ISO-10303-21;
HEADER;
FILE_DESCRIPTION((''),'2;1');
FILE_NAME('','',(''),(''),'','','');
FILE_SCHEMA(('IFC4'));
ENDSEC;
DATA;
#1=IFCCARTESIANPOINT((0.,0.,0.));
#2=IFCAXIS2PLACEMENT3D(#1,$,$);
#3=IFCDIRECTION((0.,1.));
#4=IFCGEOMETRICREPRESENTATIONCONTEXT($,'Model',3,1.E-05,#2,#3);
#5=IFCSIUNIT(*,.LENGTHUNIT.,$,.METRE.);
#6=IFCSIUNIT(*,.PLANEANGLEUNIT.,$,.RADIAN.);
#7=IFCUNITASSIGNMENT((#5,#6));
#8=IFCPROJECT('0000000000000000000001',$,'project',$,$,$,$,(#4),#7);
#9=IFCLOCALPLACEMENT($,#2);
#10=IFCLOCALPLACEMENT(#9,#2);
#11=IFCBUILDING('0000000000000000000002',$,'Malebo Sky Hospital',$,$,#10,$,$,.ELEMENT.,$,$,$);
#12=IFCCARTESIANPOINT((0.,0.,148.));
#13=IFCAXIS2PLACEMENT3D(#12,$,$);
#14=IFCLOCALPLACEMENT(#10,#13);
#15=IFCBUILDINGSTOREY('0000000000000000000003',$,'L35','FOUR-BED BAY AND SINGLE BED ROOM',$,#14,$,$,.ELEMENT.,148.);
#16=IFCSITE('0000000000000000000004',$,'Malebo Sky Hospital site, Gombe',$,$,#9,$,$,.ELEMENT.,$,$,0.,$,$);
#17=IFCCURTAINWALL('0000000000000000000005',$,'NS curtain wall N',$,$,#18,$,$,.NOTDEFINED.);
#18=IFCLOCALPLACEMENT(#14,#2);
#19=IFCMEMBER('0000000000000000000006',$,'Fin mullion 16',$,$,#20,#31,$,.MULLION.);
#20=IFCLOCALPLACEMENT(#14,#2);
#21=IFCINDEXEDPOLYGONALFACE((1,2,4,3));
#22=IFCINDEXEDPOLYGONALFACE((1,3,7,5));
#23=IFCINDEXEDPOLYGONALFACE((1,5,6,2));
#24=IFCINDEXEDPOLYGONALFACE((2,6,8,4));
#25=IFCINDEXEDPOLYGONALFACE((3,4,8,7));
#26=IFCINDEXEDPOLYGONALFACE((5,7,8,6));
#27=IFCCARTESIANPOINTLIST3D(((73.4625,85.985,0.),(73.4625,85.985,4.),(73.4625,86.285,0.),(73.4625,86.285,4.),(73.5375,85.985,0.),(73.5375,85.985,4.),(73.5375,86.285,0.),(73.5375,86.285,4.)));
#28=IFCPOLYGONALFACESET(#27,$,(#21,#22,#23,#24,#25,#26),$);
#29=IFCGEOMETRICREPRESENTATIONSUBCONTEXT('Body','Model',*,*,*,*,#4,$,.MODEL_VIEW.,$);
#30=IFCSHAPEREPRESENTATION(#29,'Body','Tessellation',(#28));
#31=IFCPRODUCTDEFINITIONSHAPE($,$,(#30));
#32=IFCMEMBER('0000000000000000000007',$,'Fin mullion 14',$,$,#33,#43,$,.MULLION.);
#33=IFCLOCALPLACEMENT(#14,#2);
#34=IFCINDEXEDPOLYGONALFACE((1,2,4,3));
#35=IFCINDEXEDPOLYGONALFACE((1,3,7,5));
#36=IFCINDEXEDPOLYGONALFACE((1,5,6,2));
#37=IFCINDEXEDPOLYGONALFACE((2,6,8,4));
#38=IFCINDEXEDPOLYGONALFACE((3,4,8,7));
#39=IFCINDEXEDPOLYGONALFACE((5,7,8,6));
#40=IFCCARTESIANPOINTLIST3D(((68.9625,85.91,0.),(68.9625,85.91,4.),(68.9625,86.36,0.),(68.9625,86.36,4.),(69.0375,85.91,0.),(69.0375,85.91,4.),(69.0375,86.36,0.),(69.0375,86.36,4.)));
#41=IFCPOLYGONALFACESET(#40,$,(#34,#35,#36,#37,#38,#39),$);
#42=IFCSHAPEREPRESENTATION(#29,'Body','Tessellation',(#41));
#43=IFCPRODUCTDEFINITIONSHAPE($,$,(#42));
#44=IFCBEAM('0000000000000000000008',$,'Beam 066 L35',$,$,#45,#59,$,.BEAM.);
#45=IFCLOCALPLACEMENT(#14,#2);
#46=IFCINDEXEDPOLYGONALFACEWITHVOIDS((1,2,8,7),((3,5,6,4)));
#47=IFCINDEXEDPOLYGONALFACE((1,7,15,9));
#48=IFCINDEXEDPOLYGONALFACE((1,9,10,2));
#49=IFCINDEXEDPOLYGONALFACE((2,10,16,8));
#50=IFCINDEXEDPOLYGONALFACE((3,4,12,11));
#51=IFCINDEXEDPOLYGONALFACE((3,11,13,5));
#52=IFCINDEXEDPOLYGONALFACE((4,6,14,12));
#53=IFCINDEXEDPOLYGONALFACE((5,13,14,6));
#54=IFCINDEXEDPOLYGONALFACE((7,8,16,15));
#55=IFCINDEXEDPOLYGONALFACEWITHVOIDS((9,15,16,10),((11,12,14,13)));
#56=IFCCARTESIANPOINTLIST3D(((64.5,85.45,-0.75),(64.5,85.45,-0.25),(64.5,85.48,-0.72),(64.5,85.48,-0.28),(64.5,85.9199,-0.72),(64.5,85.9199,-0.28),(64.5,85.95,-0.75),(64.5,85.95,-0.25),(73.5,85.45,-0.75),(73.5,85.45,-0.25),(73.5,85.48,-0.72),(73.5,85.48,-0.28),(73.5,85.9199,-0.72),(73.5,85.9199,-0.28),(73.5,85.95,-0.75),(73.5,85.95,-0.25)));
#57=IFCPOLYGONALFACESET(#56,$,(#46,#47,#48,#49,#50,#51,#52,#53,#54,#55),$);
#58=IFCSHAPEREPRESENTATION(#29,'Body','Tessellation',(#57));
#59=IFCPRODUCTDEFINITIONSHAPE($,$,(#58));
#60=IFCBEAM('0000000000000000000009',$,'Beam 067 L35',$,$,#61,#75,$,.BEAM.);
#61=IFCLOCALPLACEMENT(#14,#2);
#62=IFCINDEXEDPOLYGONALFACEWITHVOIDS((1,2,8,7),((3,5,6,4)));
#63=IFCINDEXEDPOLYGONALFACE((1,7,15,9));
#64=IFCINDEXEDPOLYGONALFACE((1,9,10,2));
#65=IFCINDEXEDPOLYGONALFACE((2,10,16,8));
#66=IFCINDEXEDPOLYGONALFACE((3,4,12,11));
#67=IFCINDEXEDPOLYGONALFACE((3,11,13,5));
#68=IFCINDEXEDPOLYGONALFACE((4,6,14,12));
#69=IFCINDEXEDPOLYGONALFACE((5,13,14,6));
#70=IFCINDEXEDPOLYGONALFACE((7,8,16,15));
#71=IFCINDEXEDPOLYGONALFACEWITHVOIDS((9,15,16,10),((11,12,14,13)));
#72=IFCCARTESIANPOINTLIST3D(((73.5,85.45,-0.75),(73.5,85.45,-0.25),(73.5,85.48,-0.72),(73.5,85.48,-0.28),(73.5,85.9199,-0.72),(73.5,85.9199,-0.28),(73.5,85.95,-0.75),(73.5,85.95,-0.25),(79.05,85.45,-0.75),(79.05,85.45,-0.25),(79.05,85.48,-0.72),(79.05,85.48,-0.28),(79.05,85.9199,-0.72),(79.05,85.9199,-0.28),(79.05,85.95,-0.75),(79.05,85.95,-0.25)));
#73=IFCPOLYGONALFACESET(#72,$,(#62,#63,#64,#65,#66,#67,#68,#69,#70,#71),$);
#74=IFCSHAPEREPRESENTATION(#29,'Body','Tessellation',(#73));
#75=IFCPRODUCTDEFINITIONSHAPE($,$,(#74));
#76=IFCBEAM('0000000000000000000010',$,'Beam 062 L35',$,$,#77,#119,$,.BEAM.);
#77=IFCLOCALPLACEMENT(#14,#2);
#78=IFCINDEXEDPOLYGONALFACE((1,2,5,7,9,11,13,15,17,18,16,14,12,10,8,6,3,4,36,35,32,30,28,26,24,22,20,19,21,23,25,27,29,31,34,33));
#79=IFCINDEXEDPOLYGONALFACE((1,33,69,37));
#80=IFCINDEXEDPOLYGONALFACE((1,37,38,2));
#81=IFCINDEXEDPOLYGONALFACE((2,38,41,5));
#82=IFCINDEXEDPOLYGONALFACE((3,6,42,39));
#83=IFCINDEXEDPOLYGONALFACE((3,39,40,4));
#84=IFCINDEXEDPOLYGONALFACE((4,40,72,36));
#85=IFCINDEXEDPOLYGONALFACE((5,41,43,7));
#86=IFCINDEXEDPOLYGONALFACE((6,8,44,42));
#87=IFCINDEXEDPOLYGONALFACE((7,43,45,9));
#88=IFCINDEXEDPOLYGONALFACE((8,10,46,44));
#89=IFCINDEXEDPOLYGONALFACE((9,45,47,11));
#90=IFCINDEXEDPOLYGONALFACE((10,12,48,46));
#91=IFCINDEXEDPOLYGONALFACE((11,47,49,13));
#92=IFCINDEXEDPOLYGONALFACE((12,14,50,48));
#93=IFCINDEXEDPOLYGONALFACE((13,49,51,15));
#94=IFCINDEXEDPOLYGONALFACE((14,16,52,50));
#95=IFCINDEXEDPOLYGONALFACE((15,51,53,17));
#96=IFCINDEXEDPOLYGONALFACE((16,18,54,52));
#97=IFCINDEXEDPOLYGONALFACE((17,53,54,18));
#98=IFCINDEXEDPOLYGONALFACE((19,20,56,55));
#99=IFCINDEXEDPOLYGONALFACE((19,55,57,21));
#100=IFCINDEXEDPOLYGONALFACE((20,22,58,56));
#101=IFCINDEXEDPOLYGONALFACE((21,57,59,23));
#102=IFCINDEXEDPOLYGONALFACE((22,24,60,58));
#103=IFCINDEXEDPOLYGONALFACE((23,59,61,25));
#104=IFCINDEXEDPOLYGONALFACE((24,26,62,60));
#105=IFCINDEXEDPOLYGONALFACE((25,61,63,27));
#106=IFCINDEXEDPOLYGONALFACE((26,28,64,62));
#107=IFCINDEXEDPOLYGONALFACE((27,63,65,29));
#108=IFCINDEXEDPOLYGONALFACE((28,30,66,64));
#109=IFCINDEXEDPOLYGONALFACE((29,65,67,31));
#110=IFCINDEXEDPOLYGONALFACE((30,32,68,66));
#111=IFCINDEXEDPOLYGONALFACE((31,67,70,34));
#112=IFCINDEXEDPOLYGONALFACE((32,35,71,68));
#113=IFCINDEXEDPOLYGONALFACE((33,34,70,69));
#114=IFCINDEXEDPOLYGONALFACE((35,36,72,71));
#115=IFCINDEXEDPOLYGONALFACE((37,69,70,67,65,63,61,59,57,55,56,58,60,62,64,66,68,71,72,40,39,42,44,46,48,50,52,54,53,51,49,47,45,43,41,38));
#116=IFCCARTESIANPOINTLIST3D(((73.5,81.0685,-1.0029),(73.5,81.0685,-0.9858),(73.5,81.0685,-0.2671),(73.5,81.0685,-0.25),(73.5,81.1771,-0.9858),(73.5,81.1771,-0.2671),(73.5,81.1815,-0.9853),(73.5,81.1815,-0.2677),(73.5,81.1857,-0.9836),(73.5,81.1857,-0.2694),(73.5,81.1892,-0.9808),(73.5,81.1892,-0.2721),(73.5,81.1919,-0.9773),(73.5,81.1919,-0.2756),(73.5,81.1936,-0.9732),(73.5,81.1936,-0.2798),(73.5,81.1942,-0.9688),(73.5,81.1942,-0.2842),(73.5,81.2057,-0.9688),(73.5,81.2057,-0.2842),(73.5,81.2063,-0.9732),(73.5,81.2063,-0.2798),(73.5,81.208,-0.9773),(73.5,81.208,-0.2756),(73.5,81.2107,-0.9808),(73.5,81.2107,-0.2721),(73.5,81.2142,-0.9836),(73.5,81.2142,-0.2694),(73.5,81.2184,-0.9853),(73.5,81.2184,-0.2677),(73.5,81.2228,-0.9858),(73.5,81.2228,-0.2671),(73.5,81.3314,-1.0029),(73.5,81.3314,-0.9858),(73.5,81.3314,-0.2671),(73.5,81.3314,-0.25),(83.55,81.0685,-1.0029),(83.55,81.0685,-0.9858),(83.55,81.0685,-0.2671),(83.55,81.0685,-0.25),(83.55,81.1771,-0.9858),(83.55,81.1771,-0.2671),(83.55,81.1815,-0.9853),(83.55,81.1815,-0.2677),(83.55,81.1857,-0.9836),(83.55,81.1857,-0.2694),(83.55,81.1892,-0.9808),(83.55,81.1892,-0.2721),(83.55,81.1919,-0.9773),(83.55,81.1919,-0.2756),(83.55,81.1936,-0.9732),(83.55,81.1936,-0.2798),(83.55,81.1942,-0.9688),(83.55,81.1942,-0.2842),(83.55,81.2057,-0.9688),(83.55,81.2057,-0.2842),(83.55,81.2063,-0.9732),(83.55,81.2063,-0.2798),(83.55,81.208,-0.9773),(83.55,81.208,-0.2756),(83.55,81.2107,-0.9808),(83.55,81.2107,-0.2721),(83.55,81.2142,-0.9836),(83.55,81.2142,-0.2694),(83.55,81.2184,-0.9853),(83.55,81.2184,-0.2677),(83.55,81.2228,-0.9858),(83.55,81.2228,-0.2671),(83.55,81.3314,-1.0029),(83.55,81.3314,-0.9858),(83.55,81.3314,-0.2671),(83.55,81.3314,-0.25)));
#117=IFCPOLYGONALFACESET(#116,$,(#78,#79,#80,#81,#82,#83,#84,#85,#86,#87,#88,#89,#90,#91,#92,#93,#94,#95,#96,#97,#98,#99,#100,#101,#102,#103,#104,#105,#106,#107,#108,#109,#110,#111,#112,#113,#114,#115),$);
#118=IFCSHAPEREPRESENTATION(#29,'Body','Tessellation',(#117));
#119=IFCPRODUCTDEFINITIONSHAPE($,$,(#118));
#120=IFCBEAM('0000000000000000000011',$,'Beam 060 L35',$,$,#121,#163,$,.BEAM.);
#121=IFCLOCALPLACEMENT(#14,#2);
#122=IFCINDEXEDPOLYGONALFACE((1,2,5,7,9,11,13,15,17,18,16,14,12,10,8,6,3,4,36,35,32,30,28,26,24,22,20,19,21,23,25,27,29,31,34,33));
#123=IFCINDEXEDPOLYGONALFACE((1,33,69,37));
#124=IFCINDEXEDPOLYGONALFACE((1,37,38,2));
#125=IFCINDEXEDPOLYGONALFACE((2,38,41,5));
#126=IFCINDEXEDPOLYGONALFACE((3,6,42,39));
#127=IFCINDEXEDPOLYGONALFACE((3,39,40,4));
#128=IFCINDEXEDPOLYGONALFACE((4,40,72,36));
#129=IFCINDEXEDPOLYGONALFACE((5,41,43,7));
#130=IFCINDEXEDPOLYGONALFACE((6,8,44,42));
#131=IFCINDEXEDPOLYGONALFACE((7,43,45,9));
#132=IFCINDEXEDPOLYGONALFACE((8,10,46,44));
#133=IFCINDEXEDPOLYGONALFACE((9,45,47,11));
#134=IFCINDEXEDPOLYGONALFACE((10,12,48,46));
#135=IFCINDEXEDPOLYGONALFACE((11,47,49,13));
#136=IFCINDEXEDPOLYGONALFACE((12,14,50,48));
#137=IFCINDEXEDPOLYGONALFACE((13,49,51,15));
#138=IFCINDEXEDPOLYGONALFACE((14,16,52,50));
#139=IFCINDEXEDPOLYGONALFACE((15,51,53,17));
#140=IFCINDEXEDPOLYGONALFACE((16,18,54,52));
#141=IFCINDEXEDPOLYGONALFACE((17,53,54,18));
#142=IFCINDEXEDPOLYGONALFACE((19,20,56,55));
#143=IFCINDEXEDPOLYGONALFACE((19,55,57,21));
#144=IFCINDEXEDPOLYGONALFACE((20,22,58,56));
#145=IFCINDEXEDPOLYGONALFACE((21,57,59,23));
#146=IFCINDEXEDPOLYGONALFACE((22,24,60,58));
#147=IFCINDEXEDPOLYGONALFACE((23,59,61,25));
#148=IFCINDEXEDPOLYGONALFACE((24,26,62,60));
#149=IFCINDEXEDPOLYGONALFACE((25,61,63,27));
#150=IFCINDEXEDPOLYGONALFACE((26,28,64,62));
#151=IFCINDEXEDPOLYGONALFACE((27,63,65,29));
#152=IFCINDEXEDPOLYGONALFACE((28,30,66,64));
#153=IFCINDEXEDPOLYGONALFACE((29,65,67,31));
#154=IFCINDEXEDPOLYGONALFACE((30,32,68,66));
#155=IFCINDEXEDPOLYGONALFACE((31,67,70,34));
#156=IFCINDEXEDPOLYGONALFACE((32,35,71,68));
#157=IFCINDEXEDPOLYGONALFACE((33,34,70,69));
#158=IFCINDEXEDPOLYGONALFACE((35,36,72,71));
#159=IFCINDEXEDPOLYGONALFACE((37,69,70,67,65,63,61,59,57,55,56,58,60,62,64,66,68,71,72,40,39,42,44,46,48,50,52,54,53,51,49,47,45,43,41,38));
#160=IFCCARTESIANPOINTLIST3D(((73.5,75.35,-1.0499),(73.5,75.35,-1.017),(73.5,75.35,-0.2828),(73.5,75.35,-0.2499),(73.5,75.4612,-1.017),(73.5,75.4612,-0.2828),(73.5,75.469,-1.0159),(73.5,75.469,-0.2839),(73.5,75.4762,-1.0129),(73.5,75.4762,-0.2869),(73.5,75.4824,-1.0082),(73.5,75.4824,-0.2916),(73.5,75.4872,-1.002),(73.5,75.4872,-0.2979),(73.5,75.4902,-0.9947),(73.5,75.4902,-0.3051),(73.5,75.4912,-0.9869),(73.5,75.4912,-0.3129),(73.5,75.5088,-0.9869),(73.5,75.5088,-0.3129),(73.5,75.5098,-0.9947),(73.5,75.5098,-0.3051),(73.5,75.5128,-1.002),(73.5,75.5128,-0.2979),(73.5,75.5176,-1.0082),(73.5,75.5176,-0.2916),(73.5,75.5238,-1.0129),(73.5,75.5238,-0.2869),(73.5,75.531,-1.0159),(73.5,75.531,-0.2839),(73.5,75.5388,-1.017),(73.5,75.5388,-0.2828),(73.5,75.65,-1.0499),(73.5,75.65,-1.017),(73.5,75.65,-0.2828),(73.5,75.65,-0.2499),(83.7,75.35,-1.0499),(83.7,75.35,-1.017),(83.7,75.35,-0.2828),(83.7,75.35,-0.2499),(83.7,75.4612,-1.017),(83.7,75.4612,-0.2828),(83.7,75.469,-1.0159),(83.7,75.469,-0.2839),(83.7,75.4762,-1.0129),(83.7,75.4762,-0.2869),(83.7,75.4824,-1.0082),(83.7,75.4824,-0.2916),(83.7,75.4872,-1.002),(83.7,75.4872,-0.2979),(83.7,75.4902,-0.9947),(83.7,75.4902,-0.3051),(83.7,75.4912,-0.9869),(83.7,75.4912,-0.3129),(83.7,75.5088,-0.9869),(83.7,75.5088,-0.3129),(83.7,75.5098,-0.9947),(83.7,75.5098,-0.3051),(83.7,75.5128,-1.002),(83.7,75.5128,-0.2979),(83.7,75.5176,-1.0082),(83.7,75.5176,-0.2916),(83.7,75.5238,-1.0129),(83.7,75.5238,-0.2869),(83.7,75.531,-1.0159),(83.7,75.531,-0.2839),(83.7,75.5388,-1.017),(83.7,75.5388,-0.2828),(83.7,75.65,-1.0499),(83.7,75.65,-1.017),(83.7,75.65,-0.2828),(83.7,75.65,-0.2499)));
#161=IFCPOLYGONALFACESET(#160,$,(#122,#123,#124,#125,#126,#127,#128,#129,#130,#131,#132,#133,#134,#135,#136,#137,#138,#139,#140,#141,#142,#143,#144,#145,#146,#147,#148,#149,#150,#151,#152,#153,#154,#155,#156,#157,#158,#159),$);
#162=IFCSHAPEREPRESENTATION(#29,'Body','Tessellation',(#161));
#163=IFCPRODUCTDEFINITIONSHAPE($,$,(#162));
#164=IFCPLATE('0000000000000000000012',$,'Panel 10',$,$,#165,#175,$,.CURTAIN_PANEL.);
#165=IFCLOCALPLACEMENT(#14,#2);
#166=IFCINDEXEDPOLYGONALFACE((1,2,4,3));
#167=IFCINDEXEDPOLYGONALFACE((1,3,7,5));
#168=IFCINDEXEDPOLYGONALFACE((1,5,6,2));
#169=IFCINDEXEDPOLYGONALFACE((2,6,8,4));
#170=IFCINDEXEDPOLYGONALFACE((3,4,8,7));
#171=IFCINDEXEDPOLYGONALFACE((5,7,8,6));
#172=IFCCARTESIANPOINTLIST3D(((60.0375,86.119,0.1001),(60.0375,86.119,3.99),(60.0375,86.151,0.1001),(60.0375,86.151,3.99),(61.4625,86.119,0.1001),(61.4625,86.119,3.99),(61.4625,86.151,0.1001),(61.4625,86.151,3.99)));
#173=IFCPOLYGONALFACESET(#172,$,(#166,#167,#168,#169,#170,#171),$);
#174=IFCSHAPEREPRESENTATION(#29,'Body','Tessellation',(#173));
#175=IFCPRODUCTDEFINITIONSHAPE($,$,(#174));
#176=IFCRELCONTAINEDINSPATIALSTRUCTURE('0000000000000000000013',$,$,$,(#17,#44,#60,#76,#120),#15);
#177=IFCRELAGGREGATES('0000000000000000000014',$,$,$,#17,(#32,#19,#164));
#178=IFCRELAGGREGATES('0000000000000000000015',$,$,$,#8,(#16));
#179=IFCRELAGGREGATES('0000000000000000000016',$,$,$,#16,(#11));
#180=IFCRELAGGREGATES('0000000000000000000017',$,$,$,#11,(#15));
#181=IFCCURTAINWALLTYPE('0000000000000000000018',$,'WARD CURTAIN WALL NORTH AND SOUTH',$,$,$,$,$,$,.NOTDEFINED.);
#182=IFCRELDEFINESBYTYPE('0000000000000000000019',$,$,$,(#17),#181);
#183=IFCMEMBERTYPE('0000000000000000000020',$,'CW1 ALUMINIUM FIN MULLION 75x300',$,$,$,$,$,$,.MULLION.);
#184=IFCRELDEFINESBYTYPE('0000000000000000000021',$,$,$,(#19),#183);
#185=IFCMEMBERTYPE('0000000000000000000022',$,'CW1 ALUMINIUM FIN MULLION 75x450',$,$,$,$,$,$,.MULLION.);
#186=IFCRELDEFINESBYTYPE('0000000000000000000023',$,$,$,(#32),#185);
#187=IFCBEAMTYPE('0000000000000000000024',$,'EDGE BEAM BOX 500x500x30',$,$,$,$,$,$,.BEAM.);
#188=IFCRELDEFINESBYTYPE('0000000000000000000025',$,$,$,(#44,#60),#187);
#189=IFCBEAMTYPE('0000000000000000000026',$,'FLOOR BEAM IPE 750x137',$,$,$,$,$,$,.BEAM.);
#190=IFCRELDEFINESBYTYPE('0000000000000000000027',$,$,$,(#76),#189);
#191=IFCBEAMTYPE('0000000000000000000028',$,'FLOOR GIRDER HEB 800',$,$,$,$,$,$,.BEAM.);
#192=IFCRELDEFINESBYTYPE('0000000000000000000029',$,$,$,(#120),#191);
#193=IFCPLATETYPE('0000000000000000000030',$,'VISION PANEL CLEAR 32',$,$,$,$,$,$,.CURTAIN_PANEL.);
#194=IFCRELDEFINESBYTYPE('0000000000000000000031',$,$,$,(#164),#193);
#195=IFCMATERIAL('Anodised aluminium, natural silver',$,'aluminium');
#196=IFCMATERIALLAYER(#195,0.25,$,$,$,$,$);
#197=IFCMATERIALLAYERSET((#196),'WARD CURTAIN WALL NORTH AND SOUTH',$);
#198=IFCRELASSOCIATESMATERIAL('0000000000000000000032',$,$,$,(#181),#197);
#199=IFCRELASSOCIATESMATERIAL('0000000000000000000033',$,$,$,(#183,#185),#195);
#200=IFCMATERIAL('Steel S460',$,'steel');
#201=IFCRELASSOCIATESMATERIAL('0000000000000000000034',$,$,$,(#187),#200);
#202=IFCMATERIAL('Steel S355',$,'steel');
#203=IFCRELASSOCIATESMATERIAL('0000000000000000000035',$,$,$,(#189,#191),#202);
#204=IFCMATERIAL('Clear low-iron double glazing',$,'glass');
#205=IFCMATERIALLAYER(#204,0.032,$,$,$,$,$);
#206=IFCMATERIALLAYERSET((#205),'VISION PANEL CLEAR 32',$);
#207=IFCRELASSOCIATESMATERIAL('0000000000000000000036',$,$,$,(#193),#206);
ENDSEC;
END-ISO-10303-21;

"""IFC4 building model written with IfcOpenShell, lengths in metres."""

from ifc_helpers import new_model, si_unit, direction, frame, origin, origin_2d, place, context, subcontext, project, spatial, rectangle, hollow_rectangle, i_section, extrude, material, layer, layer_set, material_profile, profile_set, type_object, element, aggregate, save


model = new_model("IFC4")

# Units and contexts
model_context = context("Model", 3, precision=1e-05, world=origin(), true_north=direction((0.0, 1.0)))
body_context = subcontext(model_context, "Body", "Model", "MODEL_VIEW")
ifc_project = project(units=[si_unit("LENGTHUNIT", "METRE"), si_unit("PLANEANGLEUNIT", "RADIAN")], contexts=[model_context])

# Site, building, storey
site_placement = place(None, origin())
site = spatial("IfcSite", under=ifc_project, at=site_placement, Name="Malebo Sky Hospital site, Gombe", CompositionType="ELEMENT", RefElevation=0.0)
building_placement = place(site_placement, origin())
building = spatial("IfcBuilding", under=site, at=building_placement, Name="Malebo Sky Hospital", CompositionType="ELEMENT")
storey_placement = place(building_placement, frame((0.0, 0.0, 148.0)))
storey = spatial("IfcBuildingStorey", under=building, at=storey_placement, Name="L35", Description="FOUR-BED BAY AND SINGLE BED ROOM", CompositionType="ELEMENT", Elevation=148.0)

# Shared definitions
ifc_material_1 = material(Name="Steel S460", Category="steel")

# Curtain wall
ifc_material_2 = material(Name="Anodised aluminium, natural silver", Category="aluminium")
ifc_layer_1 = layer(ifc_material_2, 0.25)
ifc_layer_set_1 = layer_set([ifc_layer_1], Name="WARD CURTAIN WALL NORTH AND SOUTH")
curtain_wall_type = type_object("IfcCurtainWallType", Name="WARD CURTAIN WALL NORTH AND SOUTH", PredefinedType="NOTDEFINED", material=ifc_layer_set_1)
curtain_wall_placement = place(storey_placement, origin())
curtain_wall = element("IfcCurtainWall", 1, at=curtain_wall_placement, inside=storey, type_object=curtain_wall_type, Name="NS curtain wall N", PredefinedType="NOTDEFINED")

# Members
ifc_material_3 = material(Name="Steel S355", Category="steel")
ifc_material_profile_1 = material_profile(ifc_material_2, rectangle(XDim=0.075, YDim=0.3, at=origin_2d()), Name="CW1 ALUMINIUM FIN MULLION 75x300")
ifc_profile_set_1 = profile_set([ifc_material_profile_1], Name="Anodised aluminium, natural silver")
member_type_1 = type_object("IfcMemberType", Name="CW1 ALUMINIUM FIN MULLION 75x300", PredefinedType="MULLION", material=ifc_profile_set_1)
member_1_placement = place(storey_placement, frame((73.5, 86.135, 0.0), z_axis=(0.0, 0.0, 1.0), x_axis=(1.0, 0.0, 0.0)))
member_1 = element("IfcMember", 2, at=member_1_placement, type_object=member_type_1, Name="Fin mullion 16", PredefinedType="MULLION", context=body_context, shape_type="SweptSolid", body=[
    extrude(rectangle(XDim=0.075, YDim=0.3, at=origin_2d()), origin(), (0.0, 0.0, 1.0), 4.0),
])
ifc_material_profile_2 = material_profile(ifc_material_2, rectangle(XDim=0.075, YDim=0.45, at=origin_2d()), Name="CW1 ALUMINIUM FIN MULLION 75x450")
ifc_profile_set_2 = profile_set([ifc_material_profile_2], Name="Anodised aluminium, natural silver")
member_type_2 = type_object("IfcMemberType", Name="CW1 ALUMINIUM FIN MULLION 75x450", PredefinedType="MULLION", material=ifc_profile_set_2)
member_2_placement = place(storey_placement, frame((69.0, 86.135, 0.0), z_axis=(0.0, 0.0, 1.0), x_axis=(1.0, 0.0, 0.0)))
member_2 = element("IfcMember", 3, at=member_2_placement, type_object=member_type_2, Name="Fin mullion 14", PredefinedType="MULLION", context=body_context, shape_type="SweptSolid", body=[
    extrude(rectangle(XDim=0.075, YDim=0.45, at=origin_2d()), origin(), (0.0, 0.0, 1.0), 4.0),
])

# Beams
ifc_material_profile_3 = material_profile(ifc_material_1, hollow_rectangle(XDim=0.5, YDim=0.5, WallThickness=0.03, at=origin_2d()), Name="BOX 500x500x30")
ifc_profile_set_3 = profile_set([ifc_material_profile_3], Name="Steel S460")
beam_type_1 = type_object("IfcBeamType", Name="EDGE BEAM BOX 500x500x30", PredefinedType="BEAM", material=ifc_profile_set_3)
beam_1_placement = place(storey_placement, frame((64.5, 85.7, -0.5), z_axis=(1.0, 0.0, 0.0), x_axis=(0.0, 1.0, 0.0)))
element("IfcBeam", 4, at=beam_1_placement, inside=storey, type_object=beam_type_1, Name="Beam 066 L35", PredefinedType="BEAM", context=body_context, shape_type="SweptSolid", body=[
    extrude(hollow_rectangle(XDim=0.5, YDim=0.5, WallThickness=0.03, at=origin_2d()), origin(), (0.0, 0.0, 1.0), 9.0),
])
beam_2_placement = place(storey_placement, frame((73.5, 85.7, -0.5), z_axis=(1.0, 0.0, 0.0), x_axis=(0.0, 1.0, 0.0)))
element("IfcBeam", 5, at=beam_2_placement, inside=storey, type_object=beam_type_1, Name="Beam 067 L35", PredefinedType="BEAM", context=body_context, shape_type="SweptSolid", body=[
    extrude(hollow_rectangle(XDim=0.5, YDim=0.5, WallThickness=0.03, at=origin_2d()), origin(), (0.0, 0.0, 1.0), 5.55),
])
ifc_material_profile_4 = material_profile(ifc_material_3, i_section(OverallWidth=0.2629, OverallDepth=0.7529, WebThickness=0.0115, FlangeThickness=0.0171, FilletRadius=0.0171, at=origin_2d()), Name="IPE 750x137")
ifc_profile_set_4 = profile_set([ifc_material_profile_4], Name="Steel S355")
beam_type_2 = type_object("IfcBeamType", Name="FLOOR BEAM IPE 750x137", PredefinedType="BEAM", material=ifc_profile_set_4)
beam_3_placement = place(storey_placement, frame((73.5, 81.2, -0.6265), z_axis=(1.0, 0.0, 0.0), x_axis=(0.0, 1.0, 0.0)))
element("IfcBeam", 6, at=beam_3_placement, inside=storey, type_object=beam_type_2, Name="Beam 062 L35", PredefinedType="BEAM", context=body_context, shape_type="SweptSolid", body=[
    extrude(i_section(OverallWidth=0.2629, OverallDepth=0.7529, WebThickness=0.0115, FlangeThickness=0.0171, FilletRadius=0.0171, at=origin_2d()), origin(), (0.0, 0.0, 1.0), 10.05),
])
ifc_material_profile_5 = material_profile(ifc_material_3, i_section(OverallWidth=0.3, OverallDepth=0.8, WebThickness=0.0176, FlangeThickness=0.033, FilletRadius=0.03, at=origin_2d()), Name="HEB 800")
ifc_profile_set_5 = profile_set([ifc_material_profile_5], Name="Steel S355")
beam_type_3 = type_object("IfcBeamType", Name="FLOOR GIRDER HEB 800", PredefinedType="BEAM", material=ifc_profile_set_5)
beam_4_placement = place(storey_placement, frame((73.5, 75.5, -0.6499), z_axis=(1.0, 0.0, 0.0), x_axis=(0.0, 1.0, 0.0)))
element("IfcBeam", 7, at=beam_4_placement, inside=storey, type_object=beam_type_3, Name="Beam 060 L35", PredefinedType="BEAM", context=body_context, shape_type="SweptSolid", body=[
    extrude(i_section(OverallWidth=0.3, OverallDepth=0.8, WebThickness=0.0176, FlangeThickness=0.033, FilletRadius=0.03, at=origin_2d()), origin(), (0.0, 0.0, 1.0), 10.2),
])

# Plate
ifc_material_4 = material(Name="Clear low-iron double glazing", Category="glass")
ifc_layer_2 = layer(ifc_material_4, 0.032)
ifc_layer_set_2 = layer_set([ifc_layer_2], Name="VISION PANEL CLEAR 32")
plate_type = type_object("IfcPlateType", Name="VISION PANEL CLEAR 32", PredefinedType="CURTAIN_PANEL", material=ifc_layer_set_2)
plate_1_placement = place(storey_placement, frame((60.75, 86.135, 0.1001), z_axis=(0.0, 0.0, 1.0), x_axis=(1.0, 0.0, 0.0)))
plate_1 = element("IfcPlate", 8, at=plate_1_placement, type_object=plate_type, Name="Panel 10", PredefinedType="CURTAIN_PANEL", context=body_context, shape_type="SweptSolid", body=[
    extrude(rectangle(XDim=1.425, YDim=0.032, at=origin_2d()), origin(), (0.0, 0.0, 1.0), 3.8899),
])
aggregate(curtain_wall, [member_2, member_1, plate_1])

save(model, "model.ifc")
